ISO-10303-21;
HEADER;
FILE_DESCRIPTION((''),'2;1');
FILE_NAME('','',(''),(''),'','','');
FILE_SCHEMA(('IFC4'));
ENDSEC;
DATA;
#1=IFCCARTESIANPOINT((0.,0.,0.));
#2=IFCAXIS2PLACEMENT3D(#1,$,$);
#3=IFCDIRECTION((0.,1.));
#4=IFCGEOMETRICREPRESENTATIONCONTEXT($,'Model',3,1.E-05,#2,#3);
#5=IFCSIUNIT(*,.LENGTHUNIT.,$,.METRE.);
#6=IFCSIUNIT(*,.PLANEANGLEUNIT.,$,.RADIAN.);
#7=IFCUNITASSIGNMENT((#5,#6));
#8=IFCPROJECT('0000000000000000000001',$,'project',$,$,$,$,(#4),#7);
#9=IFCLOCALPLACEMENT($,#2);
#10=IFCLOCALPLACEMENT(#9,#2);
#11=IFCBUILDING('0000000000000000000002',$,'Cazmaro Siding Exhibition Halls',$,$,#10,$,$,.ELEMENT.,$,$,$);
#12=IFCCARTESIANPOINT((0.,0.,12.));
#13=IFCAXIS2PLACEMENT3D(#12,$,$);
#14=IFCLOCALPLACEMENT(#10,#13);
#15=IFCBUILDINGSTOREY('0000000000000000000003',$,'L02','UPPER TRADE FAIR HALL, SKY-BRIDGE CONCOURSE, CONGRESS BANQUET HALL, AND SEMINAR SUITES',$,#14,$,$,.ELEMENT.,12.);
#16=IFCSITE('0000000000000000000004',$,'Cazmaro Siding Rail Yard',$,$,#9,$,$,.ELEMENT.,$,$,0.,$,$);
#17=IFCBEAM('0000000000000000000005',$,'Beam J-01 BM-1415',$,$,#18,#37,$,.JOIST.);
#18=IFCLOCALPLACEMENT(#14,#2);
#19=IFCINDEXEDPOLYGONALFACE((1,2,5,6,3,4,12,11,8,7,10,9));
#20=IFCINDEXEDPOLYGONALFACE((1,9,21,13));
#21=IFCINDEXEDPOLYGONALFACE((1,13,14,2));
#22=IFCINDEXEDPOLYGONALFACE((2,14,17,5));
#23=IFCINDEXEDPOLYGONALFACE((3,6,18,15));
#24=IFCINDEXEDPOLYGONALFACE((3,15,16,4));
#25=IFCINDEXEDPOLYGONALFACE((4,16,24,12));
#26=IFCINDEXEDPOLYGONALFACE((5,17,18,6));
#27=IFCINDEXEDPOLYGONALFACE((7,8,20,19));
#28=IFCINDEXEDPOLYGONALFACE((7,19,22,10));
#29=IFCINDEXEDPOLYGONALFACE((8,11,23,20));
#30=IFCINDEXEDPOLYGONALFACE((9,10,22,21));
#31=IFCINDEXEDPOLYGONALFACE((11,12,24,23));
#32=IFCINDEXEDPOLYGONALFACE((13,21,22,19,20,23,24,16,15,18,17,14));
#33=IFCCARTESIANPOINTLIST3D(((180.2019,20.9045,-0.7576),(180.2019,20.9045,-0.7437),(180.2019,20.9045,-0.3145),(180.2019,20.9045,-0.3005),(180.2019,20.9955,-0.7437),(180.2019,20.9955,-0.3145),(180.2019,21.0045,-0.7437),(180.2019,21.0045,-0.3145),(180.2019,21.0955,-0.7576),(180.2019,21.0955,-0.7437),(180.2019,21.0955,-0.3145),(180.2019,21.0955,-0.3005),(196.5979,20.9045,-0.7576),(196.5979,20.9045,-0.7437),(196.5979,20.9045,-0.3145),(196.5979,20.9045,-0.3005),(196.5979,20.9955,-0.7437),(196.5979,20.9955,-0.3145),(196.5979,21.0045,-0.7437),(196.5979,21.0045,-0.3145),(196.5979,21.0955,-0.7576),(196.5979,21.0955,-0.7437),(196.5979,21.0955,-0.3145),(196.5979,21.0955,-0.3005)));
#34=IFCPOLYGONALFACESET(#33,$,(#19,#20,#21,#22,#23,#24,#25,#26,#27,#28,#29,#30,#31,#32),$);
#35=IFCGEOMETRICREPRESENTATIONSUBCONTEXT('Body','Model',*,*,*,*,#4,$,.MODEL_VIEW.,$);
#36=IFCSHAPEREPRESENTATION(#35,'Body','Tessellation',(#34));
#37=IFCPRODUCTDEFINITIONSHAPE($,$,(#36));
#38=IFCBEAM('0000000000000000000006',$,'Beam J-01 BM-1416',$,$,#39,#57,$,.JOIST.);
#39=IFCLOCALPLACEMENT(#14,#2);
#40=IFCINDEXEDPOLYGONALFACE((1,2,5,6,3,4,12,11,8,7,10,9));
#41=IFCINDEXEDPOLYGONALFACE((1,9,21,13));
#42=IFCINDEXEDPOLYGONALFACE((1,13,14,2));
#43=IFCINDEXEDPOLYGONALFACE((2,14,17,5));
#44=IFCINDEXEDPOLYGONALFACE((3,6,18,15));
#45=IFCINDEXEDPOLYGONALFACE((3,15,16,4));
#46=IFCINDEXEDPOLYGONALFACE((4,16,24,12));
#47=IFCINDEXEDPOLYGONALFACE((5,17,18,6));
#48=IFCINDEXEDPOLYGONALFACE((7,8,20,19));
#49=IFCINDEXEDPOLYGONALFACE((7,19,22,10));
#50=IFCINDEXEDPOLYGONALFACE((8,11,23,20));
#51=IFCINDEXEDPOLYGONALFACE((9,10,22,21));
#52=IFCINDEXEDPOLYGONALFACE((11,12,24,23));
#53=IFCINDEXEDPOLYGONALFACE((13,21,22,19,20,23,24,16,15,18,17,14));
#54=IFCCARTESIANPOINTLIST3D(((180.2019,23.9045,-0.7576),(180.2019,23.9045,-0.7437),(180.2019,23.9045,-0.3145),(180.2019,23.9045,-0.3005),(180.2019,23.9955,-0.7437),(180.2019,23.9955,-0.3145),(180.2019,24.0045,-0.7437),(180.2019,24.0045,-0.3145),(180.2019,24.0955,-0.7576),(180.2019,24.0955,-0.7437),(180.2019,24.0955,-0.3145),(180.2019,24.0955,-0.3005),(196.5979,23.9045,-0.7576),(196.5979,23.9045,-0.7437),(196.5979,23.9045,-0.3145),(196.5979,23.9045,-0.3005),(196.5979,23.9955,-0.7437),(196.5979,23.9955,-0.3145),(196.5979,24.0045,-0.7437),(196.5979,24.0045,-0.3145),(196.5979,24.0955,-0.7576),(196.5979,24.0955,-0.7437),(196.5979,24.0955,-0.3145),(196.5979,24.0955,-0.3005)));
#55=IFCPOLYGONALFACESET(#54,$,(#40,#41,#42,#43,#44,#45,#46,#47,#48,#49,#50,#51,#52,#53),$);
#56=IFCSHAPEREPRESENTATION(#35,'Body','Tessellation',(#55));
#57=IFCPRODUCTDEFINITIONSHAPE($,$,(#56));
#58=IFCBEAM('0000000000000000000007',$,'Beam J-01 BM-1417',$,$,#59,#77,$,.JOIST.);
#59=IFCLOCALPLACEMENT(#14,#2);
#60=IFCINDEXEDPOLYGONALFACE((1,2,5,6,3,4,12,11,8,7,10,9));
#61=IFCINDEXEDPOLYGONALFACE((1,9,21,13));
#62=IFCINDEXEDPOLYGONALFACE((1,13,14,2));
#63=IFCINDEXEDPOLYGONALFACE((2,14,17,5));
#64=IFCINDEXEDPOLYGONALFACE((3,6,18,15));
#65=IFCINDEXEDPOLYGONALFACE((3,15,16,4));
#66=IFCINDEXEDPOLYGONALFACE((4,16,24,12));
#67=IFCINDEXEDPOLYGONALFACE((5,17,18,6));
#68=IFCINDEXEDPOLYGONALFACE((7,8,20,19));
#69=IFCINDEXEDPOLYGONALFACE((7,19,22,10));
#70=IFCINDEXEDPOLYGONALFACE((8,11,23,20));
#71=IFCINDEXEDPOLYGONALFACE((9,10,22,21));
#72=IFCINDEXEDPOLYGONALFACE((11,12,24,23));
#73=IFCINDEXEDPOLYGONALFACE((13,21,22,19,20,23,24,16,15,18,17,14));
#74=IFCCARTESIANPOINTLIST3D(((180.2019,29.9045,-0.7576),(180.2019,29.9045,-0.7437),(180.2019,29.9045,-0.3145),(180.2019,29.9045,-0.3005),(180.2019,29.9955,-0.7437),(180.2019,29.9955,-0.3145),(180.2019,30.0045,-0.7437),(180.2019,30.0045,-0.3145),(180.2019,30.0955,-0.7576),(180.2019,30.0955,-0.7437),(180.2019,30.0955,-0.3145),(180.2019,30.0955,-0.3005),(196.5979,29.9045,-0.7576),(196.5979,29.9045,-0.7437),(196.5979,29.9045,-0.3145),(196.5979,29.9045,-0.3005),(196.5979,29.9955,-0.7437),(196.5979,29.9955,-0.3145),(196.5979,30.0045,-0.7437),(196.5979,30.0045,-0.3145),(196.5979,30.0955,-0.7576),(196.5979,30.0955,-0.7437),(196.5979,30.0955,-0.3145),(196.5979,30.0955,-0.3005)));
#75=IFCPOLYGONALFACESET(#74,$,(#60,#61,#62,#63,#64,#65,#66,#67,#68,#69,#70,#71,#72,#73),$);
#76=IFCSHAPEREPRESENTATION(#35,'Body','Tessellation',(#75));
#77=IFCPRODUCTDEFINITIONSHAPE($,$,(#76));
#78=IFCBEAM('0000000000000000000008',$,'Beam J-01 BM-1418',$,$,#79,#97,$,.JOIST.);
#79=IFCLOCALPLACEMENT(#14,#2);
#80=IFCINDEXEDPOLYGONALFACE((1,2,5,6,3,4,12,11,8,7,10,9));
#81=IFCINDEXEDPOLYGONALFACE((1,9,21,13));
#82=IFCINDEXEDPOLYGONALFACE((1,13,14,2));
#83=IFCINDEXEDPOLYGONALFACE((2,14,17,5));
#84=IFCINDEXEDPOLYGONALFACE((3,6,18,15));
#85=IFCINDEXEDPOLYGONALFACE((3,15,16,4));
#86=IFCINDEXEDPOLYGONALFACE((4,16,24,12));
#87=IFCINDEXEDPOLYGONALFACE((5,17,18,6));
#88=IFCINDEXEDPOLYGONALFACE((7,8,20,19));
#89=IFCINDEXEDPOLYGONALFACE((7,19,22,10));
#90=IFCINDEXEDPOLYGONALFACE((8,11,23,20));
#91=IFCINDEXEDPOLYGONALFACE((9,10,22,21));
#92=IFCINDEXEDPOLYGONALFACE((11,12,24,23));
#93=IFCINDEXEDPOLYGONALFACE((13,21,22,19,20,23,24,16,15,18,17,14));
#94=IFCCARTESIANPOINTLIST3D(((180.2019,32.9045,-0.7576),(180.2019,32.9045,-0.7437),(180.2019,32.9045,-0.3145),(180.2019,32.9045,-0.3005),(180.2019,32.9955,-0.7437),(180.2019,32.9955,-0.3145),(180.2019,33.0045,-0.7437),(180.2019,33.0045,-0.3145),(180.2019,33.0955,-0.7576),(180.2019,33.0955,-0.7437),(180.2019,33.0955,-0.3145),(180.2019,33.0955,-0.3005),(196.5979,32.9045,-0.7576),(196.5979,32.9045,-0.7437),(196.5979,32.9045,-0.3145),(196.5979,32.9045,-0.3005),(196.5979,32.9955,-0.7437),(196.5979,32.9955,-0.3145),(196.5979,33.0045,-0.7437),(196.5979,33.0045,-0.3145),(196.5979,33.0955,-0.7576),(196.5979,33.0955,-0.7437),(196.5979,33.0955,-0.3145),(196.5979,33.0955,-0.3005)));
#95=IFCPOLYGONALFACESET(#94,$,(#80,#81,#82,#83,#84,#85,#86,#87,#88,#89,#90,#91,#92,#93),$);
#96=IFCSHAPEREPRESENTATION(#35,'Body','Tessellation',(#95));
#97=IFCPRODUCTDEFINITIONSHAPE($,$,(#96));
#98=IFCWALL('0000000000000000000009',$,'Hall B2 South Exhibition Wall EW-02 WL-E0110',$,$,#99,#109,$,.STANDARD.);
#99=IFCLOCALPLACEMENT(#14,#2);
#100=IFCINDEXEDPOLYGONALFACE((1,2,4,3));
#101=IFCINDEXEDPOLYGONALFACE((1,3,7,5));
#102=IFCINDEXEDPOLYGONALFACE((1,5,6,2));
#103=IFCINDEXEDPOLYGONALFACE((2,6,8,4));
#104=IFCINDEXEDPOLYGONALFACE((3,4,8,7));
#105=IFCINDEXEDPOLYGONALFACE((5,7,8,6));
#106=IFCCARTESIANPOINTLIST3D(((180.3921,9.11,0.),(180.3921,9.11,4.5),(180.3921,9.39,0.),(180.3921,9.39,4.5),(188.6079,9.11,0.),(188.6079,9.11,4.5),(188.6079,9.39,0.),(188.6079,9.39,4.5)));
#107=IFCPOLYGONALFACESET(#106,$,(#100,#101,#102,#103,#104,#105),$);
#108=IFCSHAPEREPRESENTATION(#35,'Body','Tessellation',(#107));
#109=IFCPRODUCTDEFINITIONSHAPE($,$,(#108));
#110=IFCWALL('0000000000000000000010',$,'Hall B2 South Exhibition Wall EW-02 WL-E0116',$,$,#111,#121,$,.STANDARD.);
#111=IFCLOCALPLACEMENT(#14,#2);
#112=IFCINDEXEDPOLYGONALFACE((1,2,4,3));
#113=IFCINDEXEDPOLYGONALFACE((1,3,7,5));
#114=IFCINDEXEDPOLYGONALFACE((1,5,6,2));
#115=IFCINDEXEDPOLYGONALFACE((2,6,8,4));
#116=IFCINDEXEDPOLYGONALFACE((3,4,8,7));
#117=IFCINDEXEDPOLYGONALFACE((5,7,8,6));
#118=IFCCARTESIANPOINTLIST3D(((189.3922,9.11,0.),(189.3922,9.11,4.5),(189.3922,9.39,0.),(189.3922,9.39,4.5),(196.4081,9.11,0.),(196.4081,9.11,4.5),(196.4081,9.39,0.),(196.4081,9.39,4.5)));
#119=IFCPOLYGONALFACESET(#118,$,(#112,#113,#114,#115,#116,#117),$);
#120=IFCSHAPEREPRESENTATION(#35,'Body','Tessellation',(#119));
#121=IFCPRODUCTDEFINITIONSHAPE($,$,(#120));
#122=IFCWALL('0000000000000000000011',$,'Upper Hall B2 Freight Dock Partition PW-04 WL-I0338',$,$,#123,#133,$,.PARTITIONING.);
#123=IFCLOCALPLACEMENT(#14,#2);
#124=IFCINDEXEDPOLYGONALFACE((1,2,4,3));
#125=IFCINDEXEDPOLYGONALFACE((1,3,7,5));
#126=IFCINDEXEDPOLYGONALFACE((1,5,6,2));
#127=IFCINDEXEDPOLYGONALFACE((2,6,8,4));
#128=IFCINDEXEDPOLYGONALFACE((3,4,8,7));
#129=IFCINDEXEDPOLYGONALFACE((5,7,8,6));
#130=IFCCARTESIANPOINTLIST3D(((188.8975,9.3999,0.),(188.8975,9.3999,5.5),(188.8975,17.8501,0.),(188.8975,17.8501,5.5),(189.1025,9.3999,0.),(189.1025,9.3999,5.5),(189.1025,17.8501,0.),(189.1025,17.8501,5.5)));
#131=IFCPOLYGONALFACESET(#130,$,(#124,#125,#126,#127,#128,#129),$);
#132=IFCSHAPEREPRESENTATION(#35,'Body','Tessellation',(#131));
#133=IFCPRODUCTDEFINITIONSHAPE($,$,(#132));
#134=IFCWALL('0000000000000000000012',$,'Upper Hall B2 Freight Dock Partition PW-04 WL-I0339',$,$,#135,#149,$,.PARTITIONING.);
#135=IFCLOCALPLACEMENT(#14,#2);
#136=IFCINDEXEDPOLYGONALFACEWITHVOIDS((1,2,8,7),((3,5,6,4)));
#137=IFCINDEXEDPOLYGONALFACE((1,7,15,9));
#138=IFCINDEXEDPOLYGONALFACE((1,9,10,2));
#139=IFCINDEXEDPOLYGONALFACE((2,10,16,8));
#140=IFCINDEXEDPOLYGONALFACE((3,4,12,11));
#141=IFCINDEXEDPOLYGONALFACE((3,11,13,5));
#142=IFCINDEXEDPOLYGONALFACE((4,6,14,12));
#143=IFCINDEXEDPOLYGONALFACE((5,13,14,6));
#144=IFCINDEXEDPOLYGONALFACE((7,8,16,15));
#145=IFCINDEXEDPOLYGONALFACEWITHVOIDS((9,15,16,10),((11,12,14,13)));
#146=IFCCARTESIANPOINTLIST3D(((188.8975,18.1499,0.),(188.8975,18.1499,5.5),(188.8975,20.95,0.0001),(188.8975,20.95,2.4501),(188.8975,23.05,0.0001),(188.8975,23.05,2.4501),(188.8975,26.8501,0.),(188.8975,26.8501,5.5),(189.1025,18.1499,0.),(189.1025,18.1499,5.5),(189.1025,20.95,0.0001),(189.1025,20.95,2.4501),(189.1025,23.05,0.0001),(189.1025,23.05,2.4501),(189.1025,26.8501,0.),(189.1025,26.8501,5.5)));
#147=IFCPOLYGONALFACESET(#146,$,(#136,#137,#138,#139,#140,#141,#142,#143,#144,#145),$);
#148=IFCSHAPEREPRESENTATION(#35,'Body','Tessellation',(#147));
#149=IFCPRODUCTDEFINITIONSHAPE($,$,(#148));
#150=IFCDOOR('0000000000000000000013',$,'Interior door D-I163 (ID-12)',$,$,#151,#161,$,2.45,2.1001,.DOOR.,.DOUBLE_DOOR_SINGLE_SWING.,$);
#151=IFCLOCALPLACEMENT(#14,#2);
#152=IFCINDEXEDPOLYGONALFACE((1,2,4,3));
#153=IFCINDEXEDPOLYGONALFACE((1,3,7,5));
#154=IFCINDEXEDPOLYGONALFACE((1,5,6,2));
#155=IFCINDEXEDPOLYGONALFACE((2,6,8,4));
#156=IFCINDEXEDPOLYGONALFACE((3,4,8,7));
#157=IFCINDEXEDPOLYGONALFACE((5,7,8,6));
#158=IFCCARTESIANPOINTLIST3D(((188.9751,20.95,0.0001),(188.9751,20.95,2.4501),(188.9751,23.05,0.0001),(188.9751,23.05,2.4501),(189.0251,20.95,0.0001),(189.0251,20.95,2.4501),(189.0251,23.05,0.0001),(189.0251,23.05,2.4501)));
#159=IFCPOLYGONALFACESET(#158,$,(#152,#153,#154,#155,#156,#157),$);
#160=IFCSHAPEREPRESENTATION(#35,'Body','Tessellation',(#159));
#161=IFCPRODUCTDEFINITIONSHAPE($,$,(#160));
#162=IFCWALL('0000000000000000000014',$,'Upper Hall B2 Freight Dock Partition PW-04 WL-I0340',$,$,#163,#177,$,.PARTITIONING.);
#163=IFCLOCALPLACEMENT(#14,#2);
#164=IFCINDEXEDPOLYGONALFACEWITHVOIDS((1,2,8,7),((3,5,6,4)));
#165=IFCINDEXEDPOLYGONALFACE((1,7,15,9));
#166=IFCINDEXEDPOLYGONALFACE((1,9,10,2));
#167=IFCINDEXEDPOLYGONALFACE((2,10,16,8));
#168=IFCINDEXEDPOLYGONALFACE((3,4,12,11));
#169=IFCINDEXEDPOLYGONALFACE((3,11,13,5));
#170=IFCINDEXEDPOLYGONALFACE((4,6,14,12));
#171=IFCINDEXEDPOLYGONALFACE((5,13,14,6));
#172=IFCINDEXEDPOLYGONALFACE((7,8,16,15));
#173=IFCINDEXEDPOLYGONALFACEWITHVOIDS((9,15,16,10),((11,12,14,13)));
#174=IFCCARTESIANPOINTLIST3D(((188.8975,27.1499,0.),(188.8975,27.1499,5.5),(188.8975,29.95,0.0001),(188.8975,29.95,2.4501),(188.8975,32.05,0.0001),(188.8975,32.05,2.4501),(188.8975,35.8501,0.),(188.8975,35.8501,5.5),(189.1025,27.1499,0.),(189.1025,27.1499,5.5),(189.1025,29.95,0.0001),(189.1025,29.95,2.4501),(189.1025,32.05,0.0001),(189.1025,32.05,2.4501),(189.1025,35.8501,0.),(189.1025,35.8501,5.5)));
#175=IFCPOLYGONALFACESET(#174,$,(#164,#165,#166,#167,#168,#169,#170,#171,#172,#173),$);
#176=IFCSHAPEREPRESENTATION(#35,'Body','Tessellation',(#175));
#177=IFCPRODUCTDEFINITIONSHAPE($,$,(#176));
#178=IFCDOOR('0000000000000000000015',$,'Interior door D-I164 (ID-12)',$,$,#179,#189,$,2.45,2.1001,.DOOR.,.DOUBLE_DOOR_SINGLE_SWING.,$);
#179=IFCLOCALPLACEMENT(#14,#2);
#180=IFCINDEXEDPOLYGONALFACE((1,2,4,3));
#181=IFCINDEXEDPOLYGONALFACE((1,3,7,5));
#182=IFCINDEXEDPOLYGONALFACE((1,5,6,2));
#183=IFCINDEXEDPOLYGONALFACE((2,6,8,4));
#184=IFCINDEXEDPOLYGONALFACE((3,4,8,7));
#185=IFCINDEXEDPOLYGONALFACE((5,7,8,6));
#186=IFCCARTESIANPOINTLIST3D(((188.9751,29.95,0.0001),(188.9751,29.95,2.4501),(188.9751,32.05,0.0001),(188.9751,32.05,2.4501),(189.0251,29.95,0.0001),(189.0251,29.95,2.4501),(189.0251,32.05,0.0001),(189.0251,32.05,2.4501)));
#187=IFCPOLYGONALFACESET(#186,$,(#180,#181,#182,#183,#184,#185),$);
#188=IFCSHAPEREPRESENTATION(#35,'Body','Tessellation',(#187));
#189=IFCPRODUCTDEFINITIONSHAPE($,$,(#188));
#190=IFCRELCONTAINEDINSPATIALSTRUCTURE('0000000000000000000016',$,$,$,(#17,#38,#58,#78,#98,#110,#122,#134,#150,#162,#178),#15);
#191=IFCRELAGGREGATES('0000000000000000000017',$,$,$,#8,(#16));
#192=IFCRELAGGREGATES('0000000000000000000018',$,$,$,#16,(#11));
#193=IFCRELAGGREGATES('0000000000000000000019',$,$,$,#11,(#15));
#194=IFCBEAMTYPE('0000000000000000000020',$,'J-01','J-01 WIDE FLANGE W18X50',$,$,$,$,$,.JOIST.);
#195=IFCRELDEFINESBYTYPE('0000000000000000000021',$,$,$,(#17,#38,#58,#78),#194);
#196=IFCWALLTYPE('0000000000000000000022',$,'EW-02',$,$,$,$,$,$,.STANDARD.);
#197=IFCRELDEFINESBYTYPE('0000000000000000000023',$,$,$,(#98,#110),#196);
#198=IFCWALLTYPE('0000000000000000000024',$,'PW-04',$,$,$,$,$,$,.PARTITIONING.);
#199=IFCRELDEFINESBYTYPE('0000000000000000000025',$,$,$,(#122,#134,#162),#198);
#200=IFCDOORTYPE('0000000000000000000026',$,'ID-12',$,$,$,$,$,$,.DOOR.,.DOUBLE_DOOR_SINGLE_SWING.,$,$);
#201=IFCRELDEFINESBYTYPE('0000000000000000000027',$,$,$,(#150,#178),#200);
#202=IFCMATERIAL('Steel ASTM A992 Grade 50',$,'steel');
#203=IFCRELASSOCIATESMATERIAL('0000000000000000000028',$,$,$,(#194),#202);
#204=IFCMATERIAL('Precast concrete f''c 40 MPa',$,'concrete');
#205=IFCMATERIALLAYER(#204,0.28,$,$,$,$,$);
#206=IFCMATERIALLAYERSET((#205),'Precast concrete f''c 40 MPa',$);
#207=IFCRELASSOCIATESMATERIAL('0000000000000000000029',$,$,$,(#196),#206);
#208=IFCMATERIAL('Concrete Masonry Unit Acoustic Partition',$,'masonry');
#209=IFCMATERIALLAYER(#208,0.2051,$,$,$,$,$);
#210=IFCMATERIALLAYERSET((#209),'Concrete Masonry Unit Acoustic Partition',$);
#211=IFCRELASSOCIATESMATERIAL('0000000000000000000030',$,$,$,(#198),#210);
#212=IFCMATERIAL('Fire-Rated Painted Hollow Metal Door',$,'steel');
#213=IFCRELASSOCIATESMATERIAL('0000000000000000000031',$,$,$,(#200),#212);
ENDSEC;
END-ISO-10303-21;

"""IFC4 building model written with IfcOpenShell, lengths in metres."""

from ifc_helpers import new_model, si_unit, direction, frame, frame_2d, origin, origin_2d, place, context, subcontext, project, spatial, rectangle, i_section, extrude, material, layer, layer_set, material_profile, profile_set, type_object, element, fill, save


model = new_model("IFC4")

# Units and contexts
model_context = context("Model", 3, precision=1e-05, world=origin(), true_north=direction((0.0, 1.0)))
body_context = subcontext(model_context, "Body", "Model", "MODEL_VIEW")
ifc_project = project(units=[si_unit("LENGTHUNIT", "METRE"), si_unit("PLANEANGLEUNIT", "RADIAN")], contexts=[model_context])

# Site, building, storey
site_placement = place(None, origin())
site = spatial("IfcSite", under=ifc_project, at=site_placement, Name="Cazmaro Siding Rail Yard", CompositionType="ELEMENT", RefElevation=0.0)
building_placement = place(site_placement, origin())
building = spatial("IfcBuilding", under=site, at=building_placement, Name="Cazmaro Siding Exhibition Halls", CompositionType="ELEMENT")
storey_placement = place(building_placement, frame((0.0, 0.0, 12.0)))
storey = spatial("IfcBuildingStorey", under=building, at=storey_placement, Name="L02", Description="UPPER TRADE FAIR HALL, SKY-BRIDGE CONCOURSE, CONGRESS BANQUET HALL, AND SEMINAR SUITES", CompositionType="ELEMENT", Elevation=12.0)

# Beams
ifc_material_1 = material(Name="Steel ASTM A992 Grade 50", Category="steel")
ifc_material_profile_1 = material_profile(ifc_material_1, i_section(OverallWidth=0.1909, OverallDepth=0.457, WebThickness=0.009, FlangeThickness=0.0139, at=origin_2d()), Name="W18X50")
ifc_profile_set_1 = profile_set([ifc_material_profile_1], Name="Steel ASTM A992 Grade 50")
beam_type_1 = type_object("IfcBeamType", Name="J-01", Description="J-01 WIDE FLANGE W18X50", PredefinedType="JOIST", material=ifc_profile_set_1)
for number, where, z_axis, x_axis, name in (
    (1, (180.2019, 21.0, -0.5291), (1.0, 0.0, 0.0), (0.0, 1.0, 0.0), "Beam J-01 BM-1415"),
    (2, (180.2019, 24.0, -0.5291), (1.0, 0.0, 0.0), (0.0, 1.0, 0.0), "Beam J-01 BM-1416"),
    (3, (180.2019, 30.0, -0.5291), (1.0, 0.0, 0.0), (0.0, 1.0, 0.0), "Beam J-01 BM-1417"),
    (4, (180.2019, 33.0, -0.5291), (1.0, 0.0, 0.0), (0.0, 1.0, 0.0), "Beam J-01 BM-1418"),
):
    element("IfcBeam", number, at=place(storey_placement, frame(where, z_axis=z_axis, x_axis=x_axis)), inside=storey, type_object=beam_type_1, Name=name, PredefinedType="JOIST", context=body_context, shape_type="SweptSolid", body=[
        extrude(i_section(OverallWidth=0.1909, OverallDepth=0.457, WebThickness=0.009, FlangeThickness=0.0139, at=origin_2d()), origin(), (0.0, 0.0, 1.0), 16.396),
    ])

# Walls
ifc_material_2 = material(Name="Precast concrete f'c 40 MPa", Category="concrete")
ifc_layer_1 = layer(ifc_material_2, 0.28)
ifc_layer_set_1 = layer_set([ifc_layer_1], Name="Precast concrete f'c 40 MPa")
wall_type_1 = type_object("IfcWallType", Name="EW-02", PredefinedType="STANDARD", material=ifc_layer_set_1)
wall_1_placement = place(storey_placement, frame((188.6079, 9.25, 0.0), z_axis=(0.0, 0.0, 1.0), x_axis=(-1.0, 0.0, 0.0)))
element("IfcWall", 5, at=wall_1_placement, inside=storey, type_object=wall_type_1, Name="Hall B2 South Exhibition Wall EW-02 WL-E0110", PredefinedType="STANDARD", context=body_context, shape_type="SweptSolid", body=[
    extrude(rectangle(XDim=8.2158, YDim=0.28, at=frame_2d((4.1079, 0.0))), origin(), (0.0, 0.0, 1.0), 4.5),
])
wall_2_placement = place(storey_placement, frame((196.408, 9.25, 0.0), z_axis=(0.0, 0.0, 1.0), x_axis=(-1.0, 0.0, 0.0)))
element("IfcWall", 6, at=wall_2_placement, inside=storey, type_object=wall_type_1, Name="Hall B2 South Exhibition Wall EW-02 WL-E0116", PredefinedType="STANDARD", context=body_context, shape_type="SweptSolid", body=[
    extrude(rectangle(XDim=7.0159, YDim=0.28, at=frame_2d((3.5078, 0.0))), origin(), (0.0, 0.0, 1.0), 4.5),
])
ifc_material_3 = material(Name="Concrete Masonry Unit Acoustic Partition", Category="masonry")
ifc_layer_2 = layer(ifc_material_3, 0.2051)
ifc_layer_set_2 = layer_set([ifc_layer_2], Name="Concrete Masonry Unit Acoustic Partition")
wall_type_2 = type_object("IfcWallType", Name="PW-04", PredefinedType="PARTITIONING", material=ifc_layer_set_2)
wall_3_placement = place(storey_placement, frame((189.0, 9.3999, 0.0), z_axis=(0.0, 0.0, 1.0), x_axis=(0.0, 1.0, 0.0)))
element("IfcWall", 7, at=wall_3_placement, inside=storey, type_object=wall_type_2, Name="Upper Hall B2 Freight Dock Partition PW-04 WL-I0338", PredefinedType="PARTITIONING", context=body_context, shape_type="SweptSolid", body=[
    extrude(rectangle(XDim=8.4502, YDim=0.2051, at=frame_2d((4.2251, 0.0))), origin(), (0.0, 0.0, 1.0), 5.5),
])

# Walls, openings, doors
wall_4_placement = place(storey_placement, frame((189.0, 18.1499, 0.0), z_axis=(0.0, 0.0, 1.0), x_axis=(0.0, 1.0, 0.0)))
wall_4 = element("IfcWall", 8, at=wall_4_placement, inside=storey, type_object=wall_type_2, Name="Upper Hall B2 Freight Dock Partition PW-04 WL-I0339", PredefinedType="PARTITIONING", context=body_context, shape_type="SweptSolid", body=[
    extrude(rectangle(XDim=8.7002, YDim=0.2051, at=frame_2d((4.3501, 0.0))), origin(), (0.0, 0.0, 1.0), 5.5),
])
opening_1_placement = place(wall_4_placement, frame((2.8, 0.0, 0.0)))
opening_1 = element("IfcOpeningElement", 9, at=opening_1_placement, cuts=wall_4, PredefinedType="OPENING", context=body_context, shape_type="SweptSolid", body=[
    extrude(rectangle(XDim=2.1001, YDim=2.45, at=frame_2d((1.05, 1.2251))), frame((0.0, 0.1125, 0.0), z_axis=(0.0, -1.0, 0.0), x_axis=(1.0, 0.0, 0.0)), (0.0, 0.0, 1.0), 0.2251),
])
ifc_material_4 = material(Name="Fire-Rated Painted Hollow Metal Door", Category="steel")
door_type = type_object("IfcDoorType", Name="ID-12", OperationType="DOUBLE_DOOR_SINGLE_SWING", PredefinedType="DOOR", material=ifc_material_4)
door_1_placement = place(opening_1_placement, origin())
door_1 = element("IfcDoor", 10, at=door_1_placement, inside=storey, type_object=door_type, Name="Interior door D-I163 (ID-12)", OperationType="DOUBLE_DOOR_SINGLE_SWING", OverallHeight=2.45, OverallWidth=2.1001, PredefinedType="DOOR", context=body_context, shape_type="SweptSolid", body=[
    extrude(rectangle(XDim=2.1001, YDim=2.45, at=frame_2d((1.05, 1.2251))), frame((0.0, 0.0249, 0.0), z_axis=(0.0, -1.0, 0.0), x_axis=(1.0, 0.0, 0.0)), (0.0, 0.0, 1.0), 0.05),
])
fill(opening_1, door_1)
wall_5_placement = place(storey_placement, frame((189.0, 27.1499, 0.0), z_axis=(0.0, 0.0, 1.0), x_axis=(0.0, 1.0, 0.0)))
wall_5 = element("IfcWall", 11, at=wall_5_placement, inside=storey, type_object=wall_type_2, Name="Upper Hall B2 Freight Dock Partition PW-04 WL-I0340", PredefinedType="PARTITIONING", context=body_context, shape_type="SweptSolid", body=[
    extrude(rectangle(XDim=8.7002, YDim=0.2051, at=frame_2d((4.3501, 0.0))), origin(), (0.0, 0.0, 1.0), 5.5),
])
opening_2_placement = place(wall_5_placement, frame((2.8, 0.0, 0.0)))
opening_2 = element("IfcOpeningElement", 12, at=opening_2_placement, cuts=wall_5, PredefinedType="OPENING", context=body_context, shape_type="SweptSolid", body=[
    extrude(rectangle(XDim=2.1001, YDim=2.45, at=frame_2d((1.05, 1.2251))), frame((0.0, 0.1125, 0.0), z_axis=(0.0, -1.0, 0.0), x_axis=(1.0, 0.0, 0.0)), (0.0, 0.0, 1.0), 0.2251),
])
door_2_placement = place(opening_2_placement, origin())
door_2 = element("IfcDoor", 13, at=door_2_placement, inside=storey, type_object=door_type, Name="Interior door D-I164 (ID-12)", OperationType="DOUBLE_DOOR_SINGLE_SWING", OverallHeight=2.45, OverallWidth=2.1001, PredefinedType="DOOR", context=body_context, shape_type="SweptSolid", body=[
    extrude(rectangle(XDim=2.1001, YDim=2.45, at=frame_2d((1.05, 1.2251))), frame((0.0, 0.0249, 0.0), z_axis=(0.0, -1.0, 0.0), x_axis=(1.0, 0.0, 0.0)), (0.0, 0.0, 1.0), 0.05),
])
fill(opening_2, door_2)

save(model, "model.ifc")
